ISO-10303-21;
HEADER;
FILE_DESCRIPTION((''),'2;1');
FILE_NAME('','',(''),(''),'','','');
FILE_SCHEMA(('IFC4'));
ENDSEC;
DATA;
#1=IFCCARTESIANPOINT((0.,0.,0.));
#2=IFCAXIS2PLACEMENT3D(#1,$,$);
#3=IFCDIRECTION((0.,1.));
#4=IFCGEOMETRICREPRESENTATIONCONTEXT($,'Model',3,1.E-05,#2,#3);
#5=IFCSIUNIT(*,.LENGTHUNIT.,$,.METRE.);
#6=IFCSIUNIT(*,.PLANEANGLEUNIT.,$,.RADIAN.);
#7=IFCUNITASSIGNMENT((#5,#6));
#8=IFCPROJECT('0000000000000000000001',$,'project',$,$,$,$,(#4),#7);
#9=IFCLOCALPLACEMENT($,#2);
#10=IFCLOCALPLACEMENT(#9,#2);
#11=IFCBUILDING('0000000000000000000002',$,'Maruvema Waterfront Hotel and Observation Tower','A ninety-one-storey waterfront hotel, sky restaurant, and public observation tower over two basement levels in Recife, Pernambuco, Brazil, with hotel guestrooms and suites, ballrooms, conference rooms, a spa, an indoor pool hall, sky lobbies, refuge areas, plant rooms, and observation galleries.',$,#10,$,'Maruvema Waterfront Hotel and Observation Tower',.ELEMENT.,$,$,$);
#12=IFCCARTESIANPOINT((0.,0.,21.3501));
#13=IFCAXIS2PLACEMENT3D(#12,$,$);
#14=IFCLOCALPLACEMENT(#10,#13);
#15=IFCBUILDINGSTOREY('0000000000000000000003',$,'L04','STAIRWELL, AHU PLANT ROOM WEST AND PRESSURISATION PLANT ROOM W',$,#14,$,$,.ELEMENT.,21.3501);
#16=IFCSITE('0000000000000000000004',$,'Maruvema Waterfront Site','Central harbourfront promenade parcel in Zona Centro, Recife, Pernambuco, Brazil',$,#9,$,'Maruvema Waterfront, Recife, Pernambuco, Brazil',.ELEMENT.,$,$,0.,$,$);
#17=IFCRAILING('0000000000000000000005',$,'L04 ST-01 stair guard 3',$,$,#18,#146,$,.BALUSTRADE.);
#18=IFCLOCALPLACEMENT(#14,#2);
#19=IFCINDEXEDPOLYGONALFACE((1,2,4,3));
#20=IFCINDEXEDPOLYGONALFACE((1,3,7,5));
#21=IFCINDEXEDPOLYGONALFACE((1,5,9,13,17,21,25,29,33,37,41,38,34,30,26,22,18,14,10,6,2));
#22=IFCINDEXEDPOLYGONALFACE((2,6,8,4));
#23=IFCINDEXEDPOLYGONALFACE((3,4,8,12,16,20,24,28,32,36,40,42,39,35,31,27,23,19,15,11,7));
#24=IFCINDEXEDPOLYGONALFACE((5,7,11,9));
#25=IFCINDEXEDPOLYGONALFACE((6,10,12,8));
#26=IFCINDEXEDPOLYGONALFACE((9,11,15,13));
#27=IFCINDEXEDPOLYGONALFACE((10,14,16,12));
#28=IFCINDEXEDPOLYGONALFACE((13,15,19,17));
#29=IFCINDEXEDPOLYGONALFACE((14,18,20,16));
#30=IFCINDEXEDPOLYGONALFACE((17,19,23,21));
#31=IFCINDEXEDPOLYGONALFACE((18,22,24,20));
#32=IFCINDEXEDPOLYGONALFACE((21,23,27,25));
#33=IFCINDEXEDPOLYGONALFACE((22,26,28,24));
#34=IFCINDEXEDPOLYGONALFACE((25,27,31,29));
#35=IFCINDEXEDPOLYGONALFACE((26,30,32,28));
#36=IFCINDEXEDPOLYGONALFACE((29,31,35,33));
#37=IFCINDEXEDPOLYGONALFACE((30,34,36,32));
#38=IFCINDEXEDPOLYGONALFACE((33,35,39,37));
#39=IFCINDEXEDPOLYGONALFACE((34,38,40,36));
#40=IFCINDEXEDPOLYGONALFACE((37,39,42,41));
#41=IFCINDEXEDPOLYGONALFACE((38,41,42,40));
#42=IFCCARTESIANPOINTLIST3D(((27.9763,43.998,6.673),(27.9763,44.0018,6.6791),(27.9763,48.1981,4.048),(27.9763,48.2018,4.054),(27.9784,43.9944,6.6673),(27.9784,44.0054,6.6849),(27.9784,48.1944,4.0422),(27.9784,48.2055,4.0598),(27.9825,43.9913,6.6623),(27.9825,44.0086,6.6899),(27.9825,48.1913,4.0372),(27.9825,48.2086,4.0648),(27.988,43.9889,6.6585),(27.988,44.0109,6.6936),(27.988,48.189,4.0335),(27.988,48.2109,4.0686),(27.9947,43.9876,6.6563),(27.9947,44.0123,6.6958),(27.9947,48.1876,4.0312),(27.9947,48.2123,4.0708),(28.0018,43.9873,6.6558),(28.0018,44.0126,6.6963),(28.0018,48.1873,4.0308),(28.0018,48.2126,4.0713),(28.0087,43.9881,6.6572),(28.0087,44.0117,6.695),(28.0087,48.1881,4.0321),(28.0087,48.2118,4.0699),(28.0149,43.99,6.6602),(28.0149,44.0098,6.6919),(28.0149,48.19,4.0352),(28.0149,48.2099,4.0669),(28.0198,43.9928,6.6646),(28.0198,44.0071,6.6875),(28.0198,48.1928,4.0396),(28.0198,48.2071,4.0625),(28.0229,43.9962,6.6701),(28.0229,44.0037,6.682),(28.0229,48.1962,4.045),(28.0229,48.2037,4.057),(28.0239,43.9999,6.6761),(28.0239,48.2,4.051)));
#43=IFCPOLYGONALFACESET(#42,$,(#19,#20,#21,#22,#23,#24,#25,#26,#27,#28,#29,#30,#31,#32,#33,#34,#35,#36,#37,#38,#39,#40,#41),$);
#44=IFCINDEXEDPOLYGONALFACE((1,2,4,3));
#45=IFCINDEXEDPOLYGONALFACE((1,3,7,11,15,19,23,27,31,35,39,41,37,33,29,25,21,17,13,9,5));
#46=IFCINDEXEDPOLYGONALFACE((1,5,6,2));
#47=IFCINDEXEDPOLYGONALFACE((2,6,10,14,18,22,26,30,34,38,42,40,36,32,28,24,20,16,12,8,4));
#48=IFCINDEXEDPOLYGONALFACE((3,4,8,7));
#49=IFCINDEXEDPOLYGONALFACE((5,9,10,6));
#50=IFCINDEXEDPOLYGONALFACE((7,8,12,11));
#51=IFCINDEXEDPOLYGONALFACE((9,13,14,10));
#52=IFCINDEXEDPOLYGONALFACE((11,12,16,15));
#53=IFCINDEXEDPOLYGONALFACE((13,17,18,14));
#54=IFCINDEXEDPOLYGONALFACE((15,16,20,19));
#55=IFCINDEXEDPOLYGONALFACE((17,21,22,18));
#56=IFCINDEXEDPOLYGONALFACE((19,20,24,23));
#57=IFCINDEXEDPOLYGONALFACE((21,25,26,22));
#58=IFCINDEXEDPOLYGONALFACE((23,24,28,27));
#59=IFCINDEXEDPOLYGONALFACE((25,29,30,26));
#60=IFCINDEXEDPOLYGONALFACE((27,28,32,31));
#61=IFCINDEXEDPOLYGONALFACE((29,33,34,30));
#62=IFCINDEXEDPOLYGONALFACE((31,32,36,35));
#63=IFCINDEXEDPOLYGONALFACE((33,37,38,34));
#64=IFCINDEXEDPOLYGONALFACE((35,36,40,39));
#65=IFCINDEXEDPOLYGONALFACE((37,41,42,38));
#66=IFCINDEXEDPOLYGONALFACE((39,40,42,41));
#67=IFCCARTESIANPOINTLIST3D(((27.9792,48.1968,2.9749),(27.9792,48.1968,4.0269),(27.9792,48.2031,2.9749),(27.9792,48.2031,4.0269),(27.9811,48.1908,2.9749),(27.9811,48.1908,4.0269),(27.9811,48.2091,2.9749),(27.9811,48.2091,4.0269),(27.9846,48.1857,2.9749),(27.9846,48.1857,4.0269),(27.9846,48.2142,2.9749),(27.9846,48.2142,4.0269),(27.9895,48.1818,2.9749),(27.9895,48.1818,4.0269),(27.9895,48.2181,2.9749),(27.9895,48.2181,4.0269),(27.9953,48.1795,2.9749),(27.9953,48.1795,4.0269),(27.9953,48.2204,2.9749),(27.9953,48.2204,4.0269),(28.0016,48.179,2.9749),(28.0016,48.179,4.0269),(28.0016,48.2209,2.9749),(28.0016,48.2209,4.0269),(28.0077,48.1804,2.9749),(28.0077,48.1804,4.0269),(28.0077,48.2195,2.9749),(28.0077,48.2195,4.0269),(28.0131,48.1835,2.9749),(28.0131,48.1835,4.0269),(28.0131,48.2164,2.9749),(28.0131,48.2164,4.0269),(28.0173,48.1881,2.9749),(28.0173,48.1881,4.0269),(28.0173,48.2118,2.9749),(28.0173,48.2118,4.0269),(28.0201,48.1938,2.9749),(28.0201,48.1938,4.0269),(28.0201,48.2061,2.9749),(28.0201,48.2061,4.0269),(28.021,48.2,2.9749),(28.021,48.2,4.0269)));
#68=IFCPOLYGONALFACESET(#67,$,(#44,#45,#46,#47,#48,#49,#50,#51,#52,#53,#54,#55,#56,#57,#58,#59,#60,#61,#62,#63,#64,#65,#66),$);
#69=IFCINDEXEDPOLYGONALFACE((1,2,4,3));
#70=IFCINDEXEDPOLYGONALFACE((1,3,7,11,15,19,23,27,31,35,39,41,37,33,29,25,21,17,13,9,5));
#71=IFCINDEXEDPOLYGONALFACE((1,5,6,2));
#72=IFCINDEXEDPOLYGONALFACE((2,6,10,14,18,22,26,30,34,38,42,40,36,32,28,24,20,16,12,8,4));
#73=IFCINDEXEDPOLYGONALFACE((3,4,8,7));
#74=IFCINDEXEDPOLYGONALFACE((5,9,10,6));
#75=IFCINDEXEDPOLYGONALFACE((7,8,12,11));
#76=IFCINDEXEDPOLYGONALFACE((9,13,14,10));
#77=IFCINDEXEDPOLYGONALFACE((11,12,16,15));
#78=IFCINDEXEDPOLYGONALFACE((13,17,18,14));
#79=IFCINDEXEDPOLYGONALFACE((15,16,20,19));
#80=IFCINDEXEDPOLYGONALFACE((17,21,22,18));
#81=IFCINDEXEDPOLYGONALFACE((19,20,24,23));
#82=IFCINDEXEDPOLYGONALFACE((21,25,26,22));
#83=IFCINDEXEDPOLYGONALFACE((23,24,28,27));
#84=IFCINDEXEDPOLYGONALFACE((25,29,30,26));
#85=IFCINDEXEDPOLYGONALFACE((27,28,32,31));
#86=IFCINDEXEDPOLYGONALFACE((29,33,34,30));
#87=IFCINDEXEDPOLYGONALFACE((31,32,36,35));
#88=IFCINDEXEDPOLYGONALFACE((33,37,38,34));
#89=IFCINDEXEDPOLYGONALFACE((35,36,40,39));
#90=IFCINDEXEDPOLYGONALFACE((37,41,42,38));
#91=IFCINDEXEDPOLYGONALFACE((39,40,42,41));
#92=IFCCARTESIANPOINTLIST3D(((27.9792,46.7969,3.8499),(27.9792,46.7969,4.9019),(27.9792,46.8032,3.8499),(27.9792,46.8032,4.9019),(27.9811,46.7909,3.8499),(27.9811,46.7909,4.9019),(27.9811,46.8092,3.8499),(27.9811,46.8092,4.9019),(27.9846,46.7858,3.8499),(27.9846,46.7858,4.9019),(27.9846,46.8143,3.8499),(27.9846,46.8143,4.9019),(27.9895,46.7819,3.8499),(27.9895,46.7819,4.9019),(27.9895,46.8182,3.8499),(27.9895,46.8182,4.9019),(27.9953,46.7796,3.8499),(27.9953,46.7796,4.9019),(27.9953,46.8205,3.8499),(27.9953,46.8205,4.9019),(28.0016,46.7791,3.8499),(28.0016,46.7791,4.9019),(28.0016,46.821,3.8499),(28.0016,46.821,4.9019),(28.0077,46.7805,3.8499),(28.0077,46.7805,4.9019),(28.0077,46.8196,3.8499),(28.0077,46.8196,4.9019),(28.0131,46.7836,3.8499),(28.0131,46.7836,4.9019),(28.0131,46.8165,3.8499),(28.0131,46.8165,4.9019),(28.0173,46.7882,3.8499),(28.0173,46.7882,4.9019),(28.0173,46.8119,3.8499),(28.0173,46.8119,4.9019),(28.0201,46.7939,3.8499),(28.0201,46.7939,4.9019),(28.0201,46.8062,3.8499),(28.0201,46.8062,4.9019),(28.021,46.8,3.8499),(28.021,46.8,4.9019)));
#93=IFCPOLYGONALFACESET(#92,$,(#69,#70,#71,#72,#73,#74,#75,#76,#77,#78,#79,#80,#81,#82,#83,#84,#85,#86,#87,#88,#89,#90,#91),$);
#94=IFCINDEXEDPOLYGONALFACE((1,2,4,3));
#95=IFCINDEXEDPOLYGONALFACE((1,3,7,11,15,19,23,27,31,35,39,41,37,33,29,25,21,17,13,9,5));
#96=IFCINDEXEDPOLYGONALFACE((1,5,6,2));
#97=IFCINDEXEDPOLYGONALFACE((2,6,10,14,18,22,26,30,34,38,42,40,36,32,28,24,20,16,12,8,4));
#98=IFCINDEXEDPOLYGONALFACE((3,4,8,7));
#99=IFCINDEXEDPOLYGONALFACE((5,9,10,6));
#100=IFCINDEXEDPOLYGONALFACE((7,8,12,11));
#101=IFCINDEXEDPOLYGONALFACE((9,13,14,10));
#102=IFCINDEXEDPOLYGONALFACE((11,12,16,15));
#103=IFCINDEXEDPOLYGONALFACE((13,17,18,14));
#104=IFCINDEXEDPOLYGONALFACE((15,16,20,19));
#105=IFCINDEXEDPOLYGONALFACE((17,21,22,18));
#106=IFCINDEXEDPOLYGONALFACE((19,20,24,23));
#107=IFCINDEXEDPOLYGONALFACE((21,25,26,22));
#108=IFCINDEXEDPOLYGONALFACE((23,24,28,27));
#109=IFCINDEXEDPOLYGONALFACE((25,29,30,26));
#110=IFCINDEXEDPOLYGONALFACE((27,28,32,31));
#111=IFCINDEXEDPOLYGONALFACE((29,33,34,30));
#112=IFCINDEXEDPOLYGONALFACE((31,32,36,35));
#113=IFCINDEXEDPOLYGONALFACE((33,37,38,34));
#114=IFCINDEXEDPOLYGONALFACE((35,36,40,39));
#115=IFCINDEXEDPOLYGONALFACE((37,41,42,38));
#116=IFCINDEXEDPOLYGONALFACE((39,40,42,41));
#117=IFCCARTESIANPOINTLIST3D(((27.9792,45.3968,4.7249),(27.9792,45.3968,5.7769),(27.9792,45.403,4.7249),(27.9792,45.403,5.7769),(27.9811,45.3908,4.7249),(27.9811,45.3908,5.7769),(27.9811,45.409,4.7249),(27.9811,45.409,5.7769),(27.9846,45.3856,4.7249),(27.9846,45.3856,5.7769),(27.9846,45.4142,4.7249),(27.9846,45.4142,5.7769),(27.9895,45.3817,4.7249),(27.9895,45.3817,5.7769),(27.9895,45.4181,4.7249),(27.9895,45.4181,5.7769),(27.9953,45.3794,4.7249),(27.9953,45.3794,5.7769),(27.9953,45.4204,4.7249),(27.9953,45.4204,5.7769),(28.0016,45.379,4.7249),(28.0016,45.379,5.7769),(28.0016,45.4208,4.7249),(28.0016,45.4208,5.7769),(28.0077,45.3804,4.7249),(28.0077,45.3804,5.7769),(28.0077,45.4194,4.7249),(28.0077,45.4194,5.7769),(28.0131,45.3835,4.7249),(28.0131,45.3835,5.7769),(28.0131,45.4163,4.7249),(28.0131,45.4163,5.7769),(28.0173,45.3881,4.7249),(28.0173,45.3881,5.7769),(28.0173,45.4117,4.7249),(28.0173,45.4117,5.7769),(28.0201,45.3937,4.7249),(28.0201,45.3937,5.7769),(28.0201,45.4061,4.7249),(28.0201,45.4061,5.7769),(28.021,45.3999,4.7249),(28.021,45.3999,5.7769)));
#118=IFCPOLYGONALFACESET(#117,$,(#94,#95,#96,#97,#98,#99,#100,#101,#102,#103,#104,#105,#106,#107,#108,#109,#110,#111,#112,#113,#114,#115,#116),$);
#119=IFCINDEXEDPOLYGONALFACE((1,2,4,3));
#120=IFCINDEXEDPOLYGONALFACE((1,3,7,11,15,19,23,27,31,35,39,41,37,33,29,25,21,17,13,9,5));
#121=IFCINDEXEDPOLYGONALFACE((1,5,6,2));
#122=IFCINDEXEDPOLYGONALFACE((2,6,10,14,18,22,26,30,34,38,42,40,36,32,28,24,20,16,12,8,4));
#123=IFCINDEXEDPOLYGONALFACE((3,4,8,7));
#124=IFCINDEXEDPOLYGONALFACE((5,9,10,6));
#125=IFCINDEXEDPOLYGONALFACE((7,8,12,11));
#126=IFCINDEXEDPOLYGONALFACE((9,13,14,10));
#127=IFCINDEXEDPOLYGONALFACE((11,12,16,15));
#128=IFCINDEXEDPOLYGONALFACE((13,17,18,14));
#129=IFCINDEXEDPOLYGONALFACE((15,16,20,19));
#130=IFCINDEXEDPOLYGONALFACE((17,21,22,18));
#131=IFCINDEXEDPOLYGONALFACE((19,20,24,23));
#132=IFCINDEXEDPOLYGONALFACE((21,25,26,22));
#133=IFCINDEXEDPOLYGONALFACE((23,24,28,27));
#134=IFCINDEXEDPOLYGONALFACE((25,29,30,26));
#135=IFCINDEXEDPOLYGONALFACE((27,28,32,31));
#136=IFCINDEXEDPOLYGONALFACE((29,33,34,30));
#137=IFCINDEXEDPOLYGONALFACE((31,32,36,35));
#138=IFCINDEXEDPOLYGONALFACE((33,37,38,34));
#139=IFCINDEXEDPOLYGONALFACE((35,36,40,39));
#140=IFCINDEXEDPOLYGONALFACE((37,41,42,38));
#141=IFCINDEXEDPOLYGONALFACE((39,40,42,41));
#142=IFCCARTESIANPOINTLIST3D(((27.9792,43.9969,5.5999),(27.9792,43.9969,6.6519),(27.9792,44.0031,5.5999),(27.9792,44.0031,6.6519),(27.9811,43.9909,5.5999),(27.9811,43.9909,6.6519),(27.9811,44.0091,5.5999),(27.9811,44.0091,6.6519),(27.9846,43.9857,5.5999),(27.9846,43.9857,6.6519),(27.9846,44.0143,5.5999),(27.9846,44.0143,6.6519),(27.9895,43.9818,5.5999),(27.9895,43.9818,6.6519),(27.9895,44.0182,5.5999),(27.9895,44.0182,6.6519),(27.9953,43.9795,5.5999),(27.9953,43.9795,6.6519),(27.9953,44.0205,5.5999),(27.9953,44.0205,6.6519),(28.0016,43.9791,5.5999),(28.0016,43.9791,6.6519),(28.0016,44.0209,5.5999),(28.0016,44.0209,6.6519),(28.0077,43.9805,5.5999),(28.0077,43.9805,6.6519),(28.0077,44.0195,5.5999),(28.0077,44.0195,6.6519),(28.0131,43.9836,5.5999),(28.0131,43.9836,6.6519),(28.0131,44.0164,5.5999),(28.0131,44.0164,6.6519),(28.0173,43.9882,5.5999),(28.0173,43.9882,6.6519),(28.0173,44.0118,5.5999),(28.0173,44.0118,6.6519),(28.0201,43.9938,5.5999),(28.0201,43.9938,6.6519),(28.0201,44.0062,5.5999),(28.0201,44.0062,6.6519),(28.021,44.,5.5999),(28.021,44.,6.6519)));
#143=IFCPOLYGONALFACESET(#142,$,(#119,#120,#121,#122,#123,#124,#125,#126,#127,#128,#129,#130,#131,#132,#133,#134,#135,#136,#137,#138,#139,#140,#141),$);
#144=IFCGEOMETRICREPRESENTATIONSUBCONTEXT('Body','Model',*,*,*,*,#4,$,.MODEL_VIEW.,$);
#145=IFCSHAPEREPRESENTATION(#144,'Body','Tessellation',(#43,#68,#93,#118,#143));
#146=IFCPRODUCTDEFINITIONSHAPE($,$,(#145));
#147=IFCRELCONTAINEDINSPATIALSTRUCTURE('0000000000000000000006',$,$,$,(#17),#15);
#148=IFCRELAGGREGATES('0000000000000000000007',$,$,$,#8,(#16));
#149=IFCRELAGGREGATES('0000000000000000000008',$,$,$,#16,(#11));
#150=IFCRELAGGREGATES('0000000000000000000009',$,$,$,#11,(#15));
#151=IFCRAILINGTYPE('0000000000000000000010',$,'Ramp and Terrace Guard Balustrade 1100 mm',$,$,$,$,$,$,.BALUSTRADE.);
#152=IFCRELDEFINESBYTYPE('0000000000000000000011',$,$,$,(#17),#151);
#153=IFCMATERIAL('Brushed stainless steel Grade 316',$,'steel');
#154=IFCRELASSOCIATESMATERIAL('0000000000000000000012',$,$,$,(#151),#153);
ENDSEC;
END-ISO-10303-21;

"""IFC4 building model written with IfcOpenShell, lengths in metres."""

from ifc_helpers import new_model, si_unit, direction, frame, origin, origin_2d, place, context, subcontext, project, spatial, circle, extrude, material, type_object, element, save


model = new_model("IFC4")

# Units and contexts
model_context = context("Model", 3, precision=1e-05, world=origin(), true_north=direction((0.0, 1.0)))
body_context = subcontext(model_context, "Body", "Model", "MODEL_VIEW")
ifc_project = project(units=[si_unit("LENGTHUNIT", "METRE"), si_unit("PLANEANGLEUNIT", "RADIAN")], contexts=[model_context])

# Site, building, storey
site_placement = place(None, origin())
site = spatial("IfcSite", under=ifc_project, at=site_placement, Name="Maruvema Waterfront Site", Description="Central harbourfront promenade parcel in Zona Centro, Recife, Pernambuco, Brazil", LongName="Maruvema Waterfront, Recife, Pernambuco, Brazil", CompositionType="ELEMENT", RefElevation=0.0)
building_placement = place(site_placement, origin())
building = spatial("IfcBuilding", under=site, at=building_placement, Name="Maruvema Waterfront Hotel and Observation Tower", Description="A ninety-one-storey waterfront hotel, sky restaurant, and public observation tower over two basement levels in Recife, Pernambuco, Brazil, with hotel guestrooms and suites, ballrooms, conference rooms, a spa, an indoor pool hall, sky lobbies, refuge areas, plant rooms, and observation galleries.", LongName="Maruvema Waterfront Hotel and Observation Tower", CompositionType="ELEMENT")
storey_placement = place(building_placement, frame((0.0, 0.0, 21.3501)))
storey = spatial("IfcBuildingStorey", under=building, at=storey_placement, Name="L04", Description="STAIRWELL, AHU PLANT ROOM WEST AND PRESSURISATION PLANT ROOM W", CompositionType="ELEMENT", Elevation=21.3501)

# Railing
ifc_material_1 = material(Name="Brushed stainless steel Grade 316", Category="steel")
railing_type_1 = type_object("IfcRailingType", Name="Ramp and Terrace Guard Balustrade 1100 mm", PredefinedType="BALUSTRADE", material=ifc_material_1)
railing_1_placement = place(storey_placement, frame((28.0, 48.2, 2.9749)))
element("IfcRailing", 1, at=railing_1_placement, inside=storey, type_object=railing_type_1, Name="L04 ST-01 stair guard 3", PredefinedType="BALUSTRADE", context=body_context, shape_type="SweptSolid", body=[
    extrude(circle(Radius=0.0239, at=origin_2d()), frame((0.0, 0.0, 1.0762), z_axis=(0.0, -0.847996, 0.530003), x_axis=(1.0, 0.0, 0.0)), (0.0, 0.0, 1.0), 4.9529),
    extrude(circle(Radius=0.021, at=origin_2d()), origin(), (0.0, 0.0, 1.0), 1.052),
    extrude(circle(Radius=0.021, at=origin_2d()), frame((0.0, -1.3999, 0.875)), (0.0, 0.0, 1.0), 1.052),
    extrude(circle(Radius=0.021, at=origin_2d()), frame((0.0, -2.8, 1.75)), (0.0, 0.0, 1.0), 1.052),
    extrude(circle(Radius=0.021, at=origin_2d()), frame((0.0, -4.2, 2.625)), (0.0, 0.0, 1.0), 1.052),
])

save(model, "model.ifc")
